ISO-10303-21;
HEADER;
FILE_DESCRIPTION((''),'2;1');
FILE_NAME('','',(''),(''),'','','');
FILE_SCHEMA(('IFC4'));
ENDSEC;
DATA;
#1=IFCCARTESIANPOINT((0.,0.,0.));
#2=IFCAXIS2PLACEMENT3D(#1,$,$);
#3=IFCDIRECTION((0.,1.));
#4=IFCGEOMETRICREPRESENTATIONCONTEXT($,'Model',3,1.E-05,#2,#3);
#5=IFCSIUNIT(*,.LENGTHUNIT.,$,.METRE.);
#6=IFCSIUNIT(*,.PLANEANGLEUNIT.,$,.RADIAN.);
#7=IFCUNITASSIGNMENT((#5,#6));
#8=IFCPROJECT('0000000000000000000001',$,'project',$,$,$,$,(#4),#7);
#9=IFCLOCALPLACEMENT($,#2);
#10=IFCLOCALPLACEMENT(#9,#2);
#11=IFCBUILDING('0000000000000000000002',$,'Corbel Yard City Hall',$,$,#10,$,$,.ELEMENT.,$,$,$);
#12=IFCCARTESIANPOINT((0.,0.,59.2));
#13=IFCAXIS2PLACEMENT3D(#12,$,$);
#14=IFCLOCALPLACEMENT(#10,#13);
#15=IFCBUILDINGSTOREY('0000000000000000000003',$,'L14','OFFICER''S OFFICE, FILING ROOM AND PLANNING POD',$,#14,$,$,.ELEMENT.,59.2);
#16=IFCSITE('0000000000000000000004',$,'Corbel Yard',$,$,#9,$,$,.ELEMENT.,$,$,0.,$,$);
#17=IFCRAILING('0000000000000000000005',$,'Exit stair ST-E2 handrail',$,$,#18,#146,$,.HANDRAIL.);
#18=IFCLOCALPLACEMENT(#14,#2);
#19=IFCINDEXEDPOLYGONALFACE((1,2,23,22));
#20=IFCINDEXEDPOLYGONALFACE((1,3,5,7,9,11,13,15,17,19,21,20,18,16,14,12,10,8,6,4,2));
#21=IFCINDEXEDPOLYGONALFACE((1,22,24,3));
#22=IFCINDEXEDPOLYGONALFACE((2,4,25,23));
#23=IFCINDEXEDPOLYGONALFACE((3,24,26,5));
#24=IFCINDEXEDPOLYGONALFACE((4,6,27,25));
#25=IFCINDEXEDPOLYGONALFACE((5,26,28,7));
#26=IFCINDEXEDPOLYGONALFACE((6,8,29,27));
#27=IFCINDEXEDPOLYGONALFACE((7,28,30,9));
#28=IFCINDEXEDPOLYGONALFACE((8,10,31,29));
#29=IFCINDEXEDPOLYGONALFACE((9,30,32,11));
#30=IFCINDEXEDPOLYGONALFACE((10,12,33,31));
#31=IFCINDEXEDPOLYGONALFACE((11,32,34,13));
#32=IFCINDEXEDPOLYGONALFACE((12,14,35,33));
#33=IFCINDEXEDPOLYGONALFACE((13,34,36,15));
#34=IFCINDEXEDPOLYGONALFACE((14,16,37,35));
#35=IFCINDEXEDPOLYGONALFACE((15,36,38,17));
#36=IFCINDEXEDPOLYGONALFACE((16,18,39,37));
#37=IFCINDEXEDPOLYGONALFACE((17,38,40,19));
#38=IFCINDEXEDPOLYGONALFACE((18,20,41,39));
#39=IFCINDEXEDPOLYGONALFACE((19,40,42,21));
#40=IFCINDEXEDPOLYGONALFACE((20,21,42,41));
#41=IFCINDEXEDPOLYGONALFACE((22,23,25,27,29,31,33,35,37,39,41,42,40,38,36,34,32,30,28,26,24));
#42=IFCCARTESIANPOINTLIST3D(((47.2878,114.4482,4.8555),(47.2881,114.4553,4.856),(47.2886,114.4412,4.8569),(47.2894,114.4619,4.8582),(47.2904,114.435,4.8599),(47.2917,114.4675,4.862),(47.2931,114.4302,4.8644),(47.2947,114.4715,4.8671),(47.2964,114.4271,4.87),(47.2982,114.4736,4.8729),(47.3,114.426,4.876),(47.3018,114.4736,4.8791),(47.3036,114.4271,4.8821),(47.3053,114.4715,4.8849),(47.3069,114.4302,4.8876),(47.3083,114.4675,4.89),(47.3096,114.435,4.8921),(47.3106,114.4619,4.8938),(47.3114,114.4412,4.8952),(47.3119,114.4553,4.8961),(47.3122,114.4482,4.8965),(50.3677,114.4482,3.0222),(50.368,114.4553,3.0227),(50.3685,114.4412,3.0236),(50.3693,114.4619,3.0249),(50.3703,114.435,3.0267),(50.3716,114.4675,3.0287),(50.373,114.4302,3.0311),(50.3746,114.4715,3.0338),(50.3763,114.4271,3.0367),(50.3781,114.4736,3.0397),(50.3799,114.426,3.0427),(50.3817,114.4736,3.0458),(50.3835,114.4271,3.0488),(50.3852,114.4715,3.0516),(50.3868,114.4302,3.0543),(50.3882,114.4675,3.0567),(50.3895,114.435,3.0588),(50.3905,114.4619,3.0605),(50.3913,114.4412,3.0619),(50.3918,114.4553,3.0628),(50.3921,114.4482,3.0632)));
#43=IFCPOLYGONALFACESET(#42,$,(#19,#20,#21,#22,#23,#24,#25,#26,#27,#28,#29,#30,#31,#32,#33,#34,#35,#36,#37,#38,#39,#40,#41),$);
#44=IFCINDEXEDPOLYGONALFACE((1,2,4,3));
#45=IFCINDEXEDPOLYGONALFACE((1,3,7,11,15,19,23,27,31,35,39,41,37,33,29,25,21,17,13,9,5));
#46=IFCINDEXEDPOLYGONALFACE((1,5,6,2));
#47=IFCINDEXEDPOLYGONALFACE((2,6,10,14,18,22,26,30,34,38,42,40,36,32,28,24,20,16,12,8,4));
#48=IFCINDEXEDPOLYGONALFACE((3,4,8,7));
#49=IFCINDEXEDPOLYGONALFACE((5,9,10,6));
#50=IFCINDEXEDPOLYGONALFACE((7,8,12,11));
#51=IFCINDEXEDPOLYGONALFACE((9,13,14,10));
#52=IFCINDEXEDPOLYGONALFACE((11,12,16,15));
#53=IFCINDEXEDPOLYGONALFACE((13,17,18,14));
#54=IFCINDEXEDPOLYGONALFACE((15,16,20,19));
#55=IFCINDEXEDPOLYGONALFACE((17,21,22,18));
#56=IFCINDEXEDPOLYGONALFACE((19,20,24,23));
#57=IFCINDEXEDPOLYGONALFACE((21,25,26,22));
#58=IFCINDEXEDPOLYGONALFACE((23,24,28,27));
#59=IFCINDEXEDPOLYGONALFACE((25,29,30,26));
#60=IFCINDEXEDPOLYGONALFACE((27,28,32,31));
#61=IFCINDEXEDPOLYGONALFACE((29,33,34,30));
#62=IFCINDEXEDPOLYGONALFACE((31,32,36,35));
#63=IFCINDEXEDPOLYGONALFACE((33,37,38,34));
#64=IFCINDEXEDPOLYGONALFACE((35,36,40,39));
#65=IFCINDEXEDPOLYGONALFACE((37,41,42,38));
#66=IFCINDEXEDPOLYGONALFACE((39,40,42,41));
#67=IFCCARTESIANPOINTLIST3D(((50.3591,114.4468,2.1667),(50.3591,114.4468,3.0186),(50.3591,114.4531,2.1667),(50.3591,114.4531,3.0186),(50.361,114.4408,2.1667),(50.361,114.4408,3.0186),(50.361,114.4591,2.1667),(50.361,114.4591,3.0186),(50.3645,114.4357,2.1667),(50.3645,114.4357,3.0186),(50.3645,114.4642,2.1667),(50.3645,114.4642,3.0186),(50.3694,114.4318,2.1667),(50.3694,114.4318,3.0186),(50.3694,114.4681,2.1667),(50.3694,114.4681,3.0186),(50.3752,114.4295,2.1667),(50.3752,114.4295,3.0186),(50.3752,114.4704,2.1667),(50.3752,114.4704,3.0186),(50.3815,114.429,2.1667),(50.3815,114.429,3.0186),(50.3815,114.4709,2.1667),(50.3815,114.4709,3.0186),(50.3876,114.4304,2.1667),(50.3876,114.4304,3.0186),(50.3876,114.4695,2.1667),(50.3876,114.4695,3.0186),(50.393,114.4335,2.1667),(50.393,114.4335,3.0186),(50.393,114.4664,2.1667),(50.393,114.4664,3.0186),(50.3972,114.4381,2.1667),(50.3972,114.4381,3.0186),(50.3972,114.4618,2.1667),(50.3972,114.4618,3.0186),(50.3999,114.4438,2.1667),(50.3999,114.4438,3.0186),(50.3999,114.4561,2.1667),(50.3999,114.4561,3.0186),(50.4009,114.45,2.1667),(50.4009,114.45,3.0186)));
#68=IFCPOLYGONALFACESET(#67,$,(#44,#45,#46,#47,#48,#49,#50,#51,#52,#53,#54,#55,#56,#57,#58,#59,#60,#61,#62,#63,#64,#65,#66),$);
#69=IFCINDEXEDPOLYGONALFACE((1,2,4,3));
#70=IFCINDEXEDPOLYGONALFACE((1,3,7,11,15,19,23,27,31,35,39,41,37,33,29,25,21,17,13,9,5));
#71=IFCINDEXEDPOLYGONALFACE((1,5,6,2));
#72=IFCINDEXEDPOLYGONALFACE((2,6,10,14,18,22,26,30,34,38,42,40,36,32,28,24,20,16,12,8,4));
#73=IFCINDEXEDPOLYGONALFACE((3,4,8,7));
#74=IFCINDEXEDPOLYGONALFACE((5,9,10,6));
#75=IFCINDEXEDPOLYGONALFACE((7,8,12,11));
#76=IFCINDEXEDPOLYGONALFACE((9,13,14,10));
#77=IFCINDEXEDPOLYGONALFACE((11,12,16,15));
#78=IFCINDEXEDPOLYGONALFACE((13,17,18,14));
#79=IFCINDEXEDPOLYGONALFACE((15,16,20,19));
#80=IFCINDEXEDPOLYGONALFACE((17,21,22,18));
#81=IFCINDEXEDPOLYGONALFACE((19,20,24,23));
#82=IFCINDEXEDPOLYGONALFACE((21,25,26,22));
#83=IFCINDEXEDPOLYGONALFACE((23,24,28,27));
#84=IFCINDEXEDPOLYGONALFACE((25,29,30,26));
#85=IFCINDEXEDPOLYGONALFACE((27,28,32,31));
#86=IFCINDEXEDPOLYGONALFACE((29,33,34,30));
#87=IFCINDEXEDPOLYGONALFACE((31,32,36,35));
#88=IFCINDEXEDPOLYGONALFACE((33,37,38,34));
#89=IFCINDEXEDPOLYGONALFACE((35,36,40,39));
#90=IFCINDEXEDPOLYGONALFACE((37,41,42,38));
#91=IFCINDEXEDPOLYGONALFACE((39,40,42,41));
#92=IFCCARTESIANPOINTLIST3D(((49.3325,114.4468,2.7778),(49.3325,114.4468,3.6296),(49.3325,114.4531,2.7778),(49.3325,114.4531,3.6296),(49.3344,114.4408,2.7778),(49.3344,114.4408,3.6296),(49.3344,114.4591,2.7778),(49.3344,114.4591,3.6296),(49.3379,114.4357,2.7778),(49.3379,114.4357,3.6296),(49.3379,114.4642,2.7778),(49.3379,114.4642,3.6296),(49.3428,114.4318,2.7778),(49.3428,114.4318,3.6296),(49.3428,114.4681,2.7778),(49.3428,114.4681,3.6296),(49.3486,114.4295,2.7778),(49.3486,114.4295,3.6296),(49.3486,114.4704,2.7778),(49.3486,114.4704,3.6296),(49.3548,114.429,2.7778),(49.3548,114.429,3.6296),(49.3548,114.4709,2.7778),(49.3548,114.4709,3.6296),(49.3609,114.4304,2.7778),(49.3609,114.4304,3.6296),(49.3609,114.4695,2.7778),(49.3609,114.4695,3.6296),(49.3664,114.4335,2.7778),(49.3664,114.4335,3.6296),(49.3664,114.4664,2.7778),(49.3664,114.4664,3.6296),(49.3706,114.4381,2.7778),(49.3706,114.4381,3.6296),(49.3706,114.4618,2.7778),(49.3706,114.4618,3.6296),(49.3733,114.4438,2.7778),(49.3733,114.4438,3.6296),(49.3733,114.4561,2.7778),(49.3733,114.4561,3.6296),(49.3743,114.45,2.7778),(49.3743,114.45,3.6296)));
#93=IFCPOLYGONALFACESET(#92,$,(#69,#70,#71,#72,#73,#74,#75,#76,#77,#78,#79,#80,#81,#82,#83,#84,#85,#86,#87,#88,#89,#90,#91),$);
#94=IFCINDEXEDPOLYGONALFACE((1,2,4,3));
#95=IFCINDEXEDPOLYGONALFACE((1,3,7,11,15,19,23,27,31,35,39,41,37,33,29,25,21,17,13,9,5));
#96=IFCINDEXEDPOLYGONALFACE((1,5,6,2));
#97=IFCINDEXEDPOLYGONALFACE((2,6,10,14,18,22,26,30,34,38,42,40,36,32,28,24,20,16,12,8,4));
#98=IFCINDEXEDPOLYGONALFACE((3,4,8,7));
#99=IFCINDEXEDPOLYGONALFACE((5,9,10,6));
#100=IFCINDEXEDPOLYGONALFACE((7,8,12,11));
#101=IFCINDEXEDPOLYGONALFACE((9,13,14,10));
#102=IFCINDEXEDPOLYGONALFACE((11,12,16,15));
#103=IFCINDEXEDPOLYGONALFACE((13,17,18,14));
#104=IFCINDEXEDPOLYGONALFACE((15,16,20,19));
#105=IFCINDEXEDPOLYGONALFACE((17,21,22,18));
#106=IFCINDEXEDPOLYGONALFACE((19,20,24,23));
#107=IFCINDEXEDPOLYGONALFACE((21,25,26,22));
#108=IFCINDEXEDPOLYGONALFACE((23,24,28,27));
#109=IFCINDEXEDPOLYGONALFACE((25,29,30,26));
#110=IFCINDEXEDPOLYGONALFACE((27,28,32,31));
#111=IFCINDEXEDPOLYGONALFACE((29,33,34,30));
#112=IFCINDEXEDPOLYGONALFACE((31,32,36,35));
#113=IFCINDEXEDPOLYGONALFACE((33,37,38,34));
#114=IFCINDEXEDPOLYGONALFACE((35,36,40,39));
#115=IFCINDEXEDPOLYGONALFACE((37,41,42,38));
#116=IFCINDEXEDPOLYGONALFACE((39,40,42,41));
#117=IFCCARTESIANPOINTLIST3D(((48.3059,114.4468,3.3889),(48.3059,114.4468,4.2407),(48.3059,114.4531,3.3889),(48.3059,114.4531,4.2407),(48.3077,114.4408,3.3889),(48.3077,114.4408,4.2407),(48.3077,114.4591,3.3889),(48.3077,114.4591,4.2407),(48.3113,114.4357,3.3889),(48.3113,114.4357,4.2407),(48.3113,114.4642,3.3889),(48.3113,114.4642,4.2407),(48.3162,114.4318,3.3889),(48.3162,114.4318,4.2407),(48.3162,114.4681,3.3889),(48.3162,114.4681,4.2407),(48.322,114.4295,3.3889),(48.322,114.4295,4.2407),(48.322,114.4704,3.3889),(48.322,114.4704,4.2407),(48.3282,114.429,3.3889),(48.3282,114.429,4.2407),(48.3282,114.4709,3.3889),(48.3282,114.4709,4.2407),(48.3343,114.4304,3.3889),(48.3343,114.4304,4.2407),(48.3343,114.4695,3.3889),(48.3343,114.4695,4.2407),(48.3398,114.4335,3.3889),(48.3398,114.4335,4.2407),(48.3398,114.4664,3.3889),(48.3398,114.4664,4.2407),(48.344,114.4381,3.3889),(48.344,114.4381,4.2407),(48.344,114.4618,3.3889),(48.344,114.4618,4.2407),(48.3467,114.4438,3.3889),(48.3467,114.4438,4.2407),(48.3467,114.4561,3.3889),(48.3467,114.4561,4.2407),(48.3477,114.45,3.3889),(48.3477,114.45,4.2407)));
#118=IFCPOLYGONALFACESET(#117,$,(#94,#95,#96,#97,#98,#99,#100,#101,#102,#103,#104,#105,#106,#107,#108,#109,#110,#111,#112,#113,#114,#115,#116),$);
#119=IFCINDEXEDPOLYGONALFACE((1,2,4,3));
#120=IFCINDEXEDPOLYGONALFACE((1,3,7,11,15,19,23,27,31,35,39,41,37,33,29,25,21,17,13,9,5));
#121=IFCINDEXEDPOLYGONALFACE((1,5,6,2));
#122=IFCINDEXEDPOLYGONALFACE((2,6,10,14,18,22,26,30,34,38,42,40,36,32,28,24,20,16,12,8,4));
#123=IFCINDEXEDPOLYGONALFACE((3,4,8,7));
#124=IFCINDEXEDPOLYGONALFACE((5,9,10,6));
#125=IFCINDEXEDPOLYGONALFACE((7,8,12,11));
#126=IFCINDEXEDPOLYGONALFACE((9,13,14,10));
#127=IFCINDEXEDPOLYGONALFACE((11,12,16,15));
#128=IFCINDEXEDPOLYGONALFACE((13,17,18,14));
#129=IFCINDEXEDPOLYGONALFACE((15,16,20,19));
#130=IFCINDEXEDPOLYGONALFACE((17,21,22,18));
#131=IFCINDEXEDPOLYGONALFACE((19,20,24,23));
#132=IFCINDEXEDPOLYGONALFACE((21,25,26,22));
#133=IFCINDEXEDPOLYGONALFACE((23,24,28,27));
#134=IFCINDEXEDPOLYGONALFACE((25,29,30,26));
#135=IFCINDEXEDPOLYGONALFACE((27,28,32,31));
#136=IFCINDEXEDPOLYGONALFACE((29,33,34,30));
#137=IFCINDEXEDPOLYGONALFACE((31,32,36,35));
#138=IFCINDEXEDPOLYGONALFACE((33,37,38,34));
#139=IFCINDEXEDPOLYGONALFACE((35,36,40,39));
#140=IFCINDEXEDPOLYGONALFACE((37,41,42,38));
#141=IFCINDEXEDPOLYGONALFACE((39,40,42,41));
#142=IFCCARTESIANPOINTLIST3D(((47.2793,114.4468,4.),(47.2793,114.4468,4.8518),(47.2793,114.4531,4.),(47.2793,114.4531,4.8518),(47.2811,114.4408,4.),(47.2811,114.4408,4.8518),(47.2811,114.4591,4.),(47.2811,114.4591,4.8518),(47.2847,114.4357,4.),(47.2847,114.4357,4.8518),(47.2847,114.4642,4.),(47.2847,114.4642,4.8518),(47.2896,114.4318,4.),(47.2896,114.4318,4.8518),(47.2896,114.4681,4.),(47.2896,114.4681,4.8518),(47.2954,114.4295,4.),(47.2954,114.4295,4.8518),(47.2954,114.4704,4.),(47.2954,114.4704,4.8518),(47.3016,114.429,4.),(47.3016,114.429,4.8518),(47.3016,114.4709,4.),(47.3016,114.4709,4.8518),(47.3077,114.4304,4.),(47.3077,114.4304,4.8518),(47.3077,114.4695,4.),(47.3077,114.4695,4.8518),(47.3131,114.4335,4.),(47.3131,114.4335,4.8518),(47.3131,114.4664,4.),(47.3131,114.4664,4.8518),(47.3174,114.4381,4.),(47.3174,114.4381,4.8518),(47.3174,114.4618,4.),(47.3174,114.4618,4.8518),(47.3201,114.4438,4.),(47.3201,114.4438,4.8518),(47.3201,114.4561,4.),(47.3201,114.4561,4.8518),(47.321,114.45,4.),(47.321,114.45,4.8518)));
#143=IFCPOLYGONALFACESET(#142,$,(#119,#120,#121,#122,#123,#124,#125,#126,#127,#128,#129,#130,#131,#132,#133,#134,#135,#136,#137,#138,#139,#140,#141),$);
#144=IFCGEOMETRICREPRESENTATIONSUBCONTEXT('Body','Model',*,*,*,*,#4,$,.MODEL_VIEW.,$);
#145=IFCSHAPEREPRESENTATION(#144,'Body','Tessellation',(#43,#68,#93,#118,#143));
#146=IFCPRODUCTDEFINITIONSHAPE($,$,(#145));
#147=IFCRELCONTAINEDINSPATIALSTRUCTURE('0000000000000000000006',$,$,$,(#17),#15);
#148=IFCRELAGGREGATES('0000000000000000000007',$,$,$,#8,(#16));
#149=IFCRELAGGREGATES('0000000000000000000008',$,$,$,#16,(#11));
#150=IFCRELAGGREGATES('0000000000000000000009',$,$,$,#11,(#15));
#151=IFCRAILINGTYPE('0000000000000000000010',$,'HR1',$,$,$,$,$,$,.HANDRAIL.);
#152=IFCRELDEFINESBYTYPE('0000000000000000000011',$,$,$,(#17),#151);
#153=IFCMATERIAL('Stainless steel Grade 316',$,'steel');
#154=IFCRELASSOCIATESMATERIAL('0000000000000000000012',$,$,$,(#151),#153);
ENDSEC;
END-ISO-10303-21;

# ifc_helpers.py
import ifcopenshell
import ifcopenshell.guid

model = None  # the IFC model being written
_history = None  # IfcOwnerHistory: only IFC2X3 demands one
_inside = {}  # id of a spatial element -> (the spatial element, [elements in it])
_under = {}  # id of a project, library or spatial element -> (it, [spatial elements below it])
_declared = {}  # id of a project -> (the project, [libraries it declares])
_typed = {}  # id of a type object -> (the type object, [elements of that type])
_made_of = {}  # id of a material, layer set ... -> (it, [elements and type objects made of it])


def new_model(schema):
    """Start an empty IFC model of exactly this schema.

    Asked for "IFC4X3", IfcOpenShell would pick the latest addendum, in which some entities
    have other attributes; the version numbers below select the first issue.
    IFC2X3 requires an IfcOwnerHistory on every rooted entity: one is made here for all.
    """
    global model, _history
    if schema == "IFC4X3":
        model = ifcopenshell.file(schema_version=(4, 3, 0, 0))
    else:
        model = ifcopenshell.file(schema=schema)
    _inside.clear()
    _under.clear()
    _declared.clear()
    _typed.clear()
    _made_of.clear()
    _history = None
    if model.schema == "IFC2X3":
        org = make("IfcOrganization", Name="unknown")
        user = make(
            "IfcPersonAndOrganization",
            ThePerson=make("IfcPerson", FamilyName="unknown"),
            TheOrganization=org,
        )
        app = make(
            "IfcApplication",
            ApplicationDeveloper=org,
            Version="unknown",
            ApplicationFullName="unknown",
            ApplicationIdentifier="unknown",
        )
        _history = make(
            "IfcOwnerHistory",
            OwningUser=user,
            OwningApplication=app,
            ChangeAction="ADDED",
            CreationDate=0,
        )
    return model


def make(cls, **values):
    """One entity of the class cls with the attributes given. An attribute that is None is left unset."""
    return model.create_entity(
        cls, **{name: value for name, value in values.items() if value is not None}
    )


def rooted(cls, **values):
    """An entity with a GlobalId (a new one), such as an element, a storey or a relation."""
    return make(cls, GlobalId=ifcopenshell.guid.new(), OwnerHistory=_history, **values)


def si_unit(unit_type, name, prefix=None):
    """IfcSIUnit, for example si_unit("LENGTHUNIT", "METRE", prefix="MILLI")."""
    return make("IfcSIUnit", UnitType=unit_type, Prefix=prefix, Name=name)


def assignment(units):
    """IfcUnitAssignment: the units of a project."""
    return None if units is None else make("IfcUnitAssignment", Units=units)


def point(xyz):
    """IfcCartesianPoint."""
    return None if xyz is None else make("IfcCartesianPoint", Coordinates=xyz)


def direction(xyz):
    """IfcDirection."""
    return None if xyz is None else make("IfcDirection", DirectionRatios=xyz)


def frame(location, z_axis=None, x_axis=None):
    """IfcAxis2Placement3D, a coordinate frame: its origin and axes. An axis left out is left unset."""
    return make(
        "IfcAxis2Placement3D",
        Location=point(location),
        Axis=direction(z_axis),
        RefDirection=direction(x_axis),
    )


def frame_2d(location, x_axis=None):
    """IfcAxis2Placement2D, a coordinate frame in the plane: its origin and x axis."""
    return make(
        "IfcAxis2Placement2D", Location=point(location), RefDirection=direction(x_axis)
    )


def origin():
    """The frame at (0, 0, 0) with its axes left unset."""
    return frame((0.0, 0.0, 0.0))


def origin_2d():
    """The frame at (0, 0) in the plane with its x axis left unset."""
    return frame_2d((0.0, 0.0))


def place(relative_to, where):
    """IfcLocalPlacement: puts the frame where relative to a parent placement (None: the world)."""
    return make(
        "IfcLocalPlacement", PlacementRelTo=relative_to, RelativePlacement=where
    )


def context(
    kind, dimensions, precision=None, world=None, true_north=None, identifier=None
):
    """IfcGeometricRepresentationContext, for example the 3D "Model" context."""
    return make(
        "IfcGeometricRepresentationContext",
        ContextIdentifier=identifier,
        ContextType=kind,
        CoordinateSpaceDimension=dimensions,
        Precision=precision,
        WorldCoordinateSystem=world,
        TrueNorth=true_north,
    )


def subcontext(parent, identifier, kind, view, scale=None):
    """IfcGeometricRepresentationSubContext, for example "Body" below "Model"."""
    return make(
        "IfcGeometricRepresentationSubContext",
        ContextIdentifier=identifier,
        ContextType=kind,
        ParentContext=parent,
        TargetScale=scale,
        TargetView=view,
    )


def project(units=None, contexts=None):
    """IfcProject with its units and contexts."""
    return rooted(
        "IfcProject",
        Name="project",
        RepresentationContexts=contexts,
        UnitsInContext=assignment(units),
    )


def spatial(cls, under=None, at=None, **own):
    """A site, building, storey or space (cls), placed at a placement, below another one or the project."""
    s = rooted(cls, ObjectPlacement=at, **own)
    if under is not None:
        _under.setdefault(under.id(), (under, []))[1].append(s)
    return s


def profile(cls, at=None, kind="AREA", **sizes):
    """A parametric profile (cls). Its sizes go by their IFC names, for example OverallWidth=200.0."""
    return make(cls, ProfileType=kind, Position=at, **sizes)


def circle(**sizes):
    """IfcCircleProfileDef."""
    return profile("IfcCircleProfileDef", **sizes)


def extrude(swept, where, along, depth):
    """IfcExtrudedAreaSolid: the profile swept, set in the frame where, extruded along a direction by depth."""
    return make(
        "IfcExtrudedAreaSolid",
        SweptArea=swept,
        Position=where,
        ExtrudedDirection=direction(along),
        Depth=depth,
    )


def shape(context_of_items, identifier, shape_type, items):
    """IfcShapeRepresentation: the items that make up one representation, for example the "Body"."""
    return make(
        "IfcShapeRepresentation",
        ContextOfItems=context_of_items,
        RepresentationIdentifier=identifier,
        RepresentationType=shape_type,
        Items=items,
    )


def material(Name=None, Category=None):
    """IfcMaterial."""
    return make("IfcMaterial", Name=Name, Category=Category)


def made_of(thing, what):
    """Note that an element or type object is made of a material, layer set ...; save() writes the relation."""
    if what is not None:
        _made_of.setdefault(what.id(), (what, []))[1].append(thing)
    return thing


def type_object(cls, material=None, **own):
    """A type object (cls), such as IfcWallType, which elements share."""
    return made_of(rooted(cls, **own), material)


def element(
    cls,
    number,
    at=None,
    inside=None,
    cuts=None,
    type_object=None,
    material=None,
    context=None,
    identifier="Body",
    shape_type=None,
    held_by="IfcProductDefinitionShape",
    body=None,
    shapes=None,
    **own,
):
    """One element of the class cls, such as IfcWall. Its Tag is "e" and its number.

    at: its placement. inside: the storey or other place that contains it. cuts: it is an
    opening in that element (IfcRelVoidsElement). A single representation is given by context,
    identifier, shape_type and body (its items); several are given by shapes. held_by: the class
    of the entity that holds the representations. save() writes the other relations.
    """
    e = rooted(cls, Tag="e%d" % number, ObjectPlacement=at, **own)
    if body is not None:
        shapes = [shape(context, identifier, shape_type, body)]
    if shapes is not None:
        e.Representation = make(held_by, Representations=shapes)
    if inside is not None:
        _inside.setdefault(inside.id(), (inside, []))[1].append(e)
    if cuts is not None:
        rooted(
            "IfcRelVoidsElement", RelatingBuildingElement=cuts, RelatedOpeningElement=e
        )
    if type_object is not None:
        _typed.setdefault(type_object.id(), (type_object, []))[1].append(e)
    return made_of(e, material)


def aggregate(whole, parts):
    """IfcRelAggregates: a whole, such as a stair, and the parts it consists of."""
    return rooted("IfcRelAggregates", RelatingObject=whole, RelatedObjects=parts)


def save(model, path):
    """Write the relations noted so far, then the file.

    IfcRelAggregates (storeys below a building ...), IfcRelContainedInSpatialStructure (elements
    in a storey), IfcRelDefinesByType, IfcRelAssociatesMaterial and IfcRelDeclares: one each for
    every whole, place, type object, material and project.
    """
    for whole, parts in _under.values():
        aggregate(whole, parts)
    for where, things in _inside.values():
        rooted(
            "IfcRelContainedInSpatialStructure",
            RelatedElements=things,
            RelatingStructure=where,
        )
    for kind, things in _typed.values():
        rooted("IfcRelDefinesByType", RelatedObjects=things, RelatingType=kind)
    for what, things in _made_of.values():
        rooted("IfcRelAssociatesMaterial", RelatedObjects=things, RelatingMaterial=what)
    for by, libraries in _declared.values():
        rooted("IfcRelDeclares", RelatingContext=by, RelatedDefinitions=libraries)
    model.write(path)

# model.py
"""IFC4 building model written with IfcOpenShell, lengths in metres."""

from ifc_helpers import new_model, si_unit, direction, frame, origin, origin_2d, place, context, subcontext, project, spatial, circle, extrude, material, type_object, element, save


model = new_model("IFC4")

# Units and contexts
model_context = context("Model", 3, precision=1e-05, world=origin(), true_north=direction((0.0, 1.0)))
body_context = subcontext(model_context, "Body", "Model", "MODEL_VIEW")
ifc_project = project(units=[si_unit("LENGTHUNIT", "METRE"), si_unit("PLANEANGLEUNIT", "RADIAN")], contexts=[model_context])

# Site, building, storey
site_placement = place(None, origin())
site = spatial("IfcSite", under=ifc_project, at=site_placement, Name="Corbel Yard", CompositionType="ELEMENT", RefElevation=0.0)
building_placement = place(site_placement, origin())
building = spatial("IfcBuilding", under=site, at=building_placement, Name="Corbel Yard City Hall", CompositionType="ELEMENT")
storey_placement = place(building_placement, frame((0.0, 0.0, 59.2)))
storey = spatial("IfcBuildingStorey", under=building, at=storey_placement, Name="L14", Description="OFFICER'S OFFICE, FILING ROOM AND PLANNING POD", CompositionType="ELEMENT", Elevation=59.2)

# Shared definitions
ifc_material_1 = material(Name="Stainless steel Grade 316", Category="steel")

# Railing
railing_type = type_object("IfcRailingType", Name="HR1", PredefinedType="HANDRAIL", material=ifc_material_1)
for number, where, name in (
    (1, (50.3799, 114.45, 2.1667), "Exit stair ST-E2 handrail"),
):
    element("IfcRailing", number, at=place(storey_placement, frame(where)), inside=storey, type_object=railing_type, Name=name, PredefinedType="HANDRAIL", context=body_context, shape_type="SweptSolid", body=[
        extrude(circle(Radius=0.0239, at=origin_2d()), frame((0.0, 0.0, 0.876), z_axis=(-0.859291, 0.0, 0.511487), x_axis=(0.0, -1.0, 0.0)), (0.0, 0.0, 1.0), 3.5842),
        extrude(circle(Radius=0.021, at=origin_2d()), origin(), (0.0, 0.0, 1.0), 0.8518),
        extrude(circle(Radius=0.021, at=origin_2d()), frame((-1.0266, 0.0, 0.6111)), (0.0, 0.0, 1.0), 0.8518),
        extrude(circle(Radius=0.021, at=origin_2d()), frame((-2.0532, 0.0, 1.2222)), (0.0, 0.0, 1.0), 0.8518),
        extrude(circle(Radius=0.021, at=origin_2d()), frame((-3.0798, 0.0, 1.8333)), (0.0, 0.0, 1.0), 0.8518),
    ])

save(model, "model.ifc")
